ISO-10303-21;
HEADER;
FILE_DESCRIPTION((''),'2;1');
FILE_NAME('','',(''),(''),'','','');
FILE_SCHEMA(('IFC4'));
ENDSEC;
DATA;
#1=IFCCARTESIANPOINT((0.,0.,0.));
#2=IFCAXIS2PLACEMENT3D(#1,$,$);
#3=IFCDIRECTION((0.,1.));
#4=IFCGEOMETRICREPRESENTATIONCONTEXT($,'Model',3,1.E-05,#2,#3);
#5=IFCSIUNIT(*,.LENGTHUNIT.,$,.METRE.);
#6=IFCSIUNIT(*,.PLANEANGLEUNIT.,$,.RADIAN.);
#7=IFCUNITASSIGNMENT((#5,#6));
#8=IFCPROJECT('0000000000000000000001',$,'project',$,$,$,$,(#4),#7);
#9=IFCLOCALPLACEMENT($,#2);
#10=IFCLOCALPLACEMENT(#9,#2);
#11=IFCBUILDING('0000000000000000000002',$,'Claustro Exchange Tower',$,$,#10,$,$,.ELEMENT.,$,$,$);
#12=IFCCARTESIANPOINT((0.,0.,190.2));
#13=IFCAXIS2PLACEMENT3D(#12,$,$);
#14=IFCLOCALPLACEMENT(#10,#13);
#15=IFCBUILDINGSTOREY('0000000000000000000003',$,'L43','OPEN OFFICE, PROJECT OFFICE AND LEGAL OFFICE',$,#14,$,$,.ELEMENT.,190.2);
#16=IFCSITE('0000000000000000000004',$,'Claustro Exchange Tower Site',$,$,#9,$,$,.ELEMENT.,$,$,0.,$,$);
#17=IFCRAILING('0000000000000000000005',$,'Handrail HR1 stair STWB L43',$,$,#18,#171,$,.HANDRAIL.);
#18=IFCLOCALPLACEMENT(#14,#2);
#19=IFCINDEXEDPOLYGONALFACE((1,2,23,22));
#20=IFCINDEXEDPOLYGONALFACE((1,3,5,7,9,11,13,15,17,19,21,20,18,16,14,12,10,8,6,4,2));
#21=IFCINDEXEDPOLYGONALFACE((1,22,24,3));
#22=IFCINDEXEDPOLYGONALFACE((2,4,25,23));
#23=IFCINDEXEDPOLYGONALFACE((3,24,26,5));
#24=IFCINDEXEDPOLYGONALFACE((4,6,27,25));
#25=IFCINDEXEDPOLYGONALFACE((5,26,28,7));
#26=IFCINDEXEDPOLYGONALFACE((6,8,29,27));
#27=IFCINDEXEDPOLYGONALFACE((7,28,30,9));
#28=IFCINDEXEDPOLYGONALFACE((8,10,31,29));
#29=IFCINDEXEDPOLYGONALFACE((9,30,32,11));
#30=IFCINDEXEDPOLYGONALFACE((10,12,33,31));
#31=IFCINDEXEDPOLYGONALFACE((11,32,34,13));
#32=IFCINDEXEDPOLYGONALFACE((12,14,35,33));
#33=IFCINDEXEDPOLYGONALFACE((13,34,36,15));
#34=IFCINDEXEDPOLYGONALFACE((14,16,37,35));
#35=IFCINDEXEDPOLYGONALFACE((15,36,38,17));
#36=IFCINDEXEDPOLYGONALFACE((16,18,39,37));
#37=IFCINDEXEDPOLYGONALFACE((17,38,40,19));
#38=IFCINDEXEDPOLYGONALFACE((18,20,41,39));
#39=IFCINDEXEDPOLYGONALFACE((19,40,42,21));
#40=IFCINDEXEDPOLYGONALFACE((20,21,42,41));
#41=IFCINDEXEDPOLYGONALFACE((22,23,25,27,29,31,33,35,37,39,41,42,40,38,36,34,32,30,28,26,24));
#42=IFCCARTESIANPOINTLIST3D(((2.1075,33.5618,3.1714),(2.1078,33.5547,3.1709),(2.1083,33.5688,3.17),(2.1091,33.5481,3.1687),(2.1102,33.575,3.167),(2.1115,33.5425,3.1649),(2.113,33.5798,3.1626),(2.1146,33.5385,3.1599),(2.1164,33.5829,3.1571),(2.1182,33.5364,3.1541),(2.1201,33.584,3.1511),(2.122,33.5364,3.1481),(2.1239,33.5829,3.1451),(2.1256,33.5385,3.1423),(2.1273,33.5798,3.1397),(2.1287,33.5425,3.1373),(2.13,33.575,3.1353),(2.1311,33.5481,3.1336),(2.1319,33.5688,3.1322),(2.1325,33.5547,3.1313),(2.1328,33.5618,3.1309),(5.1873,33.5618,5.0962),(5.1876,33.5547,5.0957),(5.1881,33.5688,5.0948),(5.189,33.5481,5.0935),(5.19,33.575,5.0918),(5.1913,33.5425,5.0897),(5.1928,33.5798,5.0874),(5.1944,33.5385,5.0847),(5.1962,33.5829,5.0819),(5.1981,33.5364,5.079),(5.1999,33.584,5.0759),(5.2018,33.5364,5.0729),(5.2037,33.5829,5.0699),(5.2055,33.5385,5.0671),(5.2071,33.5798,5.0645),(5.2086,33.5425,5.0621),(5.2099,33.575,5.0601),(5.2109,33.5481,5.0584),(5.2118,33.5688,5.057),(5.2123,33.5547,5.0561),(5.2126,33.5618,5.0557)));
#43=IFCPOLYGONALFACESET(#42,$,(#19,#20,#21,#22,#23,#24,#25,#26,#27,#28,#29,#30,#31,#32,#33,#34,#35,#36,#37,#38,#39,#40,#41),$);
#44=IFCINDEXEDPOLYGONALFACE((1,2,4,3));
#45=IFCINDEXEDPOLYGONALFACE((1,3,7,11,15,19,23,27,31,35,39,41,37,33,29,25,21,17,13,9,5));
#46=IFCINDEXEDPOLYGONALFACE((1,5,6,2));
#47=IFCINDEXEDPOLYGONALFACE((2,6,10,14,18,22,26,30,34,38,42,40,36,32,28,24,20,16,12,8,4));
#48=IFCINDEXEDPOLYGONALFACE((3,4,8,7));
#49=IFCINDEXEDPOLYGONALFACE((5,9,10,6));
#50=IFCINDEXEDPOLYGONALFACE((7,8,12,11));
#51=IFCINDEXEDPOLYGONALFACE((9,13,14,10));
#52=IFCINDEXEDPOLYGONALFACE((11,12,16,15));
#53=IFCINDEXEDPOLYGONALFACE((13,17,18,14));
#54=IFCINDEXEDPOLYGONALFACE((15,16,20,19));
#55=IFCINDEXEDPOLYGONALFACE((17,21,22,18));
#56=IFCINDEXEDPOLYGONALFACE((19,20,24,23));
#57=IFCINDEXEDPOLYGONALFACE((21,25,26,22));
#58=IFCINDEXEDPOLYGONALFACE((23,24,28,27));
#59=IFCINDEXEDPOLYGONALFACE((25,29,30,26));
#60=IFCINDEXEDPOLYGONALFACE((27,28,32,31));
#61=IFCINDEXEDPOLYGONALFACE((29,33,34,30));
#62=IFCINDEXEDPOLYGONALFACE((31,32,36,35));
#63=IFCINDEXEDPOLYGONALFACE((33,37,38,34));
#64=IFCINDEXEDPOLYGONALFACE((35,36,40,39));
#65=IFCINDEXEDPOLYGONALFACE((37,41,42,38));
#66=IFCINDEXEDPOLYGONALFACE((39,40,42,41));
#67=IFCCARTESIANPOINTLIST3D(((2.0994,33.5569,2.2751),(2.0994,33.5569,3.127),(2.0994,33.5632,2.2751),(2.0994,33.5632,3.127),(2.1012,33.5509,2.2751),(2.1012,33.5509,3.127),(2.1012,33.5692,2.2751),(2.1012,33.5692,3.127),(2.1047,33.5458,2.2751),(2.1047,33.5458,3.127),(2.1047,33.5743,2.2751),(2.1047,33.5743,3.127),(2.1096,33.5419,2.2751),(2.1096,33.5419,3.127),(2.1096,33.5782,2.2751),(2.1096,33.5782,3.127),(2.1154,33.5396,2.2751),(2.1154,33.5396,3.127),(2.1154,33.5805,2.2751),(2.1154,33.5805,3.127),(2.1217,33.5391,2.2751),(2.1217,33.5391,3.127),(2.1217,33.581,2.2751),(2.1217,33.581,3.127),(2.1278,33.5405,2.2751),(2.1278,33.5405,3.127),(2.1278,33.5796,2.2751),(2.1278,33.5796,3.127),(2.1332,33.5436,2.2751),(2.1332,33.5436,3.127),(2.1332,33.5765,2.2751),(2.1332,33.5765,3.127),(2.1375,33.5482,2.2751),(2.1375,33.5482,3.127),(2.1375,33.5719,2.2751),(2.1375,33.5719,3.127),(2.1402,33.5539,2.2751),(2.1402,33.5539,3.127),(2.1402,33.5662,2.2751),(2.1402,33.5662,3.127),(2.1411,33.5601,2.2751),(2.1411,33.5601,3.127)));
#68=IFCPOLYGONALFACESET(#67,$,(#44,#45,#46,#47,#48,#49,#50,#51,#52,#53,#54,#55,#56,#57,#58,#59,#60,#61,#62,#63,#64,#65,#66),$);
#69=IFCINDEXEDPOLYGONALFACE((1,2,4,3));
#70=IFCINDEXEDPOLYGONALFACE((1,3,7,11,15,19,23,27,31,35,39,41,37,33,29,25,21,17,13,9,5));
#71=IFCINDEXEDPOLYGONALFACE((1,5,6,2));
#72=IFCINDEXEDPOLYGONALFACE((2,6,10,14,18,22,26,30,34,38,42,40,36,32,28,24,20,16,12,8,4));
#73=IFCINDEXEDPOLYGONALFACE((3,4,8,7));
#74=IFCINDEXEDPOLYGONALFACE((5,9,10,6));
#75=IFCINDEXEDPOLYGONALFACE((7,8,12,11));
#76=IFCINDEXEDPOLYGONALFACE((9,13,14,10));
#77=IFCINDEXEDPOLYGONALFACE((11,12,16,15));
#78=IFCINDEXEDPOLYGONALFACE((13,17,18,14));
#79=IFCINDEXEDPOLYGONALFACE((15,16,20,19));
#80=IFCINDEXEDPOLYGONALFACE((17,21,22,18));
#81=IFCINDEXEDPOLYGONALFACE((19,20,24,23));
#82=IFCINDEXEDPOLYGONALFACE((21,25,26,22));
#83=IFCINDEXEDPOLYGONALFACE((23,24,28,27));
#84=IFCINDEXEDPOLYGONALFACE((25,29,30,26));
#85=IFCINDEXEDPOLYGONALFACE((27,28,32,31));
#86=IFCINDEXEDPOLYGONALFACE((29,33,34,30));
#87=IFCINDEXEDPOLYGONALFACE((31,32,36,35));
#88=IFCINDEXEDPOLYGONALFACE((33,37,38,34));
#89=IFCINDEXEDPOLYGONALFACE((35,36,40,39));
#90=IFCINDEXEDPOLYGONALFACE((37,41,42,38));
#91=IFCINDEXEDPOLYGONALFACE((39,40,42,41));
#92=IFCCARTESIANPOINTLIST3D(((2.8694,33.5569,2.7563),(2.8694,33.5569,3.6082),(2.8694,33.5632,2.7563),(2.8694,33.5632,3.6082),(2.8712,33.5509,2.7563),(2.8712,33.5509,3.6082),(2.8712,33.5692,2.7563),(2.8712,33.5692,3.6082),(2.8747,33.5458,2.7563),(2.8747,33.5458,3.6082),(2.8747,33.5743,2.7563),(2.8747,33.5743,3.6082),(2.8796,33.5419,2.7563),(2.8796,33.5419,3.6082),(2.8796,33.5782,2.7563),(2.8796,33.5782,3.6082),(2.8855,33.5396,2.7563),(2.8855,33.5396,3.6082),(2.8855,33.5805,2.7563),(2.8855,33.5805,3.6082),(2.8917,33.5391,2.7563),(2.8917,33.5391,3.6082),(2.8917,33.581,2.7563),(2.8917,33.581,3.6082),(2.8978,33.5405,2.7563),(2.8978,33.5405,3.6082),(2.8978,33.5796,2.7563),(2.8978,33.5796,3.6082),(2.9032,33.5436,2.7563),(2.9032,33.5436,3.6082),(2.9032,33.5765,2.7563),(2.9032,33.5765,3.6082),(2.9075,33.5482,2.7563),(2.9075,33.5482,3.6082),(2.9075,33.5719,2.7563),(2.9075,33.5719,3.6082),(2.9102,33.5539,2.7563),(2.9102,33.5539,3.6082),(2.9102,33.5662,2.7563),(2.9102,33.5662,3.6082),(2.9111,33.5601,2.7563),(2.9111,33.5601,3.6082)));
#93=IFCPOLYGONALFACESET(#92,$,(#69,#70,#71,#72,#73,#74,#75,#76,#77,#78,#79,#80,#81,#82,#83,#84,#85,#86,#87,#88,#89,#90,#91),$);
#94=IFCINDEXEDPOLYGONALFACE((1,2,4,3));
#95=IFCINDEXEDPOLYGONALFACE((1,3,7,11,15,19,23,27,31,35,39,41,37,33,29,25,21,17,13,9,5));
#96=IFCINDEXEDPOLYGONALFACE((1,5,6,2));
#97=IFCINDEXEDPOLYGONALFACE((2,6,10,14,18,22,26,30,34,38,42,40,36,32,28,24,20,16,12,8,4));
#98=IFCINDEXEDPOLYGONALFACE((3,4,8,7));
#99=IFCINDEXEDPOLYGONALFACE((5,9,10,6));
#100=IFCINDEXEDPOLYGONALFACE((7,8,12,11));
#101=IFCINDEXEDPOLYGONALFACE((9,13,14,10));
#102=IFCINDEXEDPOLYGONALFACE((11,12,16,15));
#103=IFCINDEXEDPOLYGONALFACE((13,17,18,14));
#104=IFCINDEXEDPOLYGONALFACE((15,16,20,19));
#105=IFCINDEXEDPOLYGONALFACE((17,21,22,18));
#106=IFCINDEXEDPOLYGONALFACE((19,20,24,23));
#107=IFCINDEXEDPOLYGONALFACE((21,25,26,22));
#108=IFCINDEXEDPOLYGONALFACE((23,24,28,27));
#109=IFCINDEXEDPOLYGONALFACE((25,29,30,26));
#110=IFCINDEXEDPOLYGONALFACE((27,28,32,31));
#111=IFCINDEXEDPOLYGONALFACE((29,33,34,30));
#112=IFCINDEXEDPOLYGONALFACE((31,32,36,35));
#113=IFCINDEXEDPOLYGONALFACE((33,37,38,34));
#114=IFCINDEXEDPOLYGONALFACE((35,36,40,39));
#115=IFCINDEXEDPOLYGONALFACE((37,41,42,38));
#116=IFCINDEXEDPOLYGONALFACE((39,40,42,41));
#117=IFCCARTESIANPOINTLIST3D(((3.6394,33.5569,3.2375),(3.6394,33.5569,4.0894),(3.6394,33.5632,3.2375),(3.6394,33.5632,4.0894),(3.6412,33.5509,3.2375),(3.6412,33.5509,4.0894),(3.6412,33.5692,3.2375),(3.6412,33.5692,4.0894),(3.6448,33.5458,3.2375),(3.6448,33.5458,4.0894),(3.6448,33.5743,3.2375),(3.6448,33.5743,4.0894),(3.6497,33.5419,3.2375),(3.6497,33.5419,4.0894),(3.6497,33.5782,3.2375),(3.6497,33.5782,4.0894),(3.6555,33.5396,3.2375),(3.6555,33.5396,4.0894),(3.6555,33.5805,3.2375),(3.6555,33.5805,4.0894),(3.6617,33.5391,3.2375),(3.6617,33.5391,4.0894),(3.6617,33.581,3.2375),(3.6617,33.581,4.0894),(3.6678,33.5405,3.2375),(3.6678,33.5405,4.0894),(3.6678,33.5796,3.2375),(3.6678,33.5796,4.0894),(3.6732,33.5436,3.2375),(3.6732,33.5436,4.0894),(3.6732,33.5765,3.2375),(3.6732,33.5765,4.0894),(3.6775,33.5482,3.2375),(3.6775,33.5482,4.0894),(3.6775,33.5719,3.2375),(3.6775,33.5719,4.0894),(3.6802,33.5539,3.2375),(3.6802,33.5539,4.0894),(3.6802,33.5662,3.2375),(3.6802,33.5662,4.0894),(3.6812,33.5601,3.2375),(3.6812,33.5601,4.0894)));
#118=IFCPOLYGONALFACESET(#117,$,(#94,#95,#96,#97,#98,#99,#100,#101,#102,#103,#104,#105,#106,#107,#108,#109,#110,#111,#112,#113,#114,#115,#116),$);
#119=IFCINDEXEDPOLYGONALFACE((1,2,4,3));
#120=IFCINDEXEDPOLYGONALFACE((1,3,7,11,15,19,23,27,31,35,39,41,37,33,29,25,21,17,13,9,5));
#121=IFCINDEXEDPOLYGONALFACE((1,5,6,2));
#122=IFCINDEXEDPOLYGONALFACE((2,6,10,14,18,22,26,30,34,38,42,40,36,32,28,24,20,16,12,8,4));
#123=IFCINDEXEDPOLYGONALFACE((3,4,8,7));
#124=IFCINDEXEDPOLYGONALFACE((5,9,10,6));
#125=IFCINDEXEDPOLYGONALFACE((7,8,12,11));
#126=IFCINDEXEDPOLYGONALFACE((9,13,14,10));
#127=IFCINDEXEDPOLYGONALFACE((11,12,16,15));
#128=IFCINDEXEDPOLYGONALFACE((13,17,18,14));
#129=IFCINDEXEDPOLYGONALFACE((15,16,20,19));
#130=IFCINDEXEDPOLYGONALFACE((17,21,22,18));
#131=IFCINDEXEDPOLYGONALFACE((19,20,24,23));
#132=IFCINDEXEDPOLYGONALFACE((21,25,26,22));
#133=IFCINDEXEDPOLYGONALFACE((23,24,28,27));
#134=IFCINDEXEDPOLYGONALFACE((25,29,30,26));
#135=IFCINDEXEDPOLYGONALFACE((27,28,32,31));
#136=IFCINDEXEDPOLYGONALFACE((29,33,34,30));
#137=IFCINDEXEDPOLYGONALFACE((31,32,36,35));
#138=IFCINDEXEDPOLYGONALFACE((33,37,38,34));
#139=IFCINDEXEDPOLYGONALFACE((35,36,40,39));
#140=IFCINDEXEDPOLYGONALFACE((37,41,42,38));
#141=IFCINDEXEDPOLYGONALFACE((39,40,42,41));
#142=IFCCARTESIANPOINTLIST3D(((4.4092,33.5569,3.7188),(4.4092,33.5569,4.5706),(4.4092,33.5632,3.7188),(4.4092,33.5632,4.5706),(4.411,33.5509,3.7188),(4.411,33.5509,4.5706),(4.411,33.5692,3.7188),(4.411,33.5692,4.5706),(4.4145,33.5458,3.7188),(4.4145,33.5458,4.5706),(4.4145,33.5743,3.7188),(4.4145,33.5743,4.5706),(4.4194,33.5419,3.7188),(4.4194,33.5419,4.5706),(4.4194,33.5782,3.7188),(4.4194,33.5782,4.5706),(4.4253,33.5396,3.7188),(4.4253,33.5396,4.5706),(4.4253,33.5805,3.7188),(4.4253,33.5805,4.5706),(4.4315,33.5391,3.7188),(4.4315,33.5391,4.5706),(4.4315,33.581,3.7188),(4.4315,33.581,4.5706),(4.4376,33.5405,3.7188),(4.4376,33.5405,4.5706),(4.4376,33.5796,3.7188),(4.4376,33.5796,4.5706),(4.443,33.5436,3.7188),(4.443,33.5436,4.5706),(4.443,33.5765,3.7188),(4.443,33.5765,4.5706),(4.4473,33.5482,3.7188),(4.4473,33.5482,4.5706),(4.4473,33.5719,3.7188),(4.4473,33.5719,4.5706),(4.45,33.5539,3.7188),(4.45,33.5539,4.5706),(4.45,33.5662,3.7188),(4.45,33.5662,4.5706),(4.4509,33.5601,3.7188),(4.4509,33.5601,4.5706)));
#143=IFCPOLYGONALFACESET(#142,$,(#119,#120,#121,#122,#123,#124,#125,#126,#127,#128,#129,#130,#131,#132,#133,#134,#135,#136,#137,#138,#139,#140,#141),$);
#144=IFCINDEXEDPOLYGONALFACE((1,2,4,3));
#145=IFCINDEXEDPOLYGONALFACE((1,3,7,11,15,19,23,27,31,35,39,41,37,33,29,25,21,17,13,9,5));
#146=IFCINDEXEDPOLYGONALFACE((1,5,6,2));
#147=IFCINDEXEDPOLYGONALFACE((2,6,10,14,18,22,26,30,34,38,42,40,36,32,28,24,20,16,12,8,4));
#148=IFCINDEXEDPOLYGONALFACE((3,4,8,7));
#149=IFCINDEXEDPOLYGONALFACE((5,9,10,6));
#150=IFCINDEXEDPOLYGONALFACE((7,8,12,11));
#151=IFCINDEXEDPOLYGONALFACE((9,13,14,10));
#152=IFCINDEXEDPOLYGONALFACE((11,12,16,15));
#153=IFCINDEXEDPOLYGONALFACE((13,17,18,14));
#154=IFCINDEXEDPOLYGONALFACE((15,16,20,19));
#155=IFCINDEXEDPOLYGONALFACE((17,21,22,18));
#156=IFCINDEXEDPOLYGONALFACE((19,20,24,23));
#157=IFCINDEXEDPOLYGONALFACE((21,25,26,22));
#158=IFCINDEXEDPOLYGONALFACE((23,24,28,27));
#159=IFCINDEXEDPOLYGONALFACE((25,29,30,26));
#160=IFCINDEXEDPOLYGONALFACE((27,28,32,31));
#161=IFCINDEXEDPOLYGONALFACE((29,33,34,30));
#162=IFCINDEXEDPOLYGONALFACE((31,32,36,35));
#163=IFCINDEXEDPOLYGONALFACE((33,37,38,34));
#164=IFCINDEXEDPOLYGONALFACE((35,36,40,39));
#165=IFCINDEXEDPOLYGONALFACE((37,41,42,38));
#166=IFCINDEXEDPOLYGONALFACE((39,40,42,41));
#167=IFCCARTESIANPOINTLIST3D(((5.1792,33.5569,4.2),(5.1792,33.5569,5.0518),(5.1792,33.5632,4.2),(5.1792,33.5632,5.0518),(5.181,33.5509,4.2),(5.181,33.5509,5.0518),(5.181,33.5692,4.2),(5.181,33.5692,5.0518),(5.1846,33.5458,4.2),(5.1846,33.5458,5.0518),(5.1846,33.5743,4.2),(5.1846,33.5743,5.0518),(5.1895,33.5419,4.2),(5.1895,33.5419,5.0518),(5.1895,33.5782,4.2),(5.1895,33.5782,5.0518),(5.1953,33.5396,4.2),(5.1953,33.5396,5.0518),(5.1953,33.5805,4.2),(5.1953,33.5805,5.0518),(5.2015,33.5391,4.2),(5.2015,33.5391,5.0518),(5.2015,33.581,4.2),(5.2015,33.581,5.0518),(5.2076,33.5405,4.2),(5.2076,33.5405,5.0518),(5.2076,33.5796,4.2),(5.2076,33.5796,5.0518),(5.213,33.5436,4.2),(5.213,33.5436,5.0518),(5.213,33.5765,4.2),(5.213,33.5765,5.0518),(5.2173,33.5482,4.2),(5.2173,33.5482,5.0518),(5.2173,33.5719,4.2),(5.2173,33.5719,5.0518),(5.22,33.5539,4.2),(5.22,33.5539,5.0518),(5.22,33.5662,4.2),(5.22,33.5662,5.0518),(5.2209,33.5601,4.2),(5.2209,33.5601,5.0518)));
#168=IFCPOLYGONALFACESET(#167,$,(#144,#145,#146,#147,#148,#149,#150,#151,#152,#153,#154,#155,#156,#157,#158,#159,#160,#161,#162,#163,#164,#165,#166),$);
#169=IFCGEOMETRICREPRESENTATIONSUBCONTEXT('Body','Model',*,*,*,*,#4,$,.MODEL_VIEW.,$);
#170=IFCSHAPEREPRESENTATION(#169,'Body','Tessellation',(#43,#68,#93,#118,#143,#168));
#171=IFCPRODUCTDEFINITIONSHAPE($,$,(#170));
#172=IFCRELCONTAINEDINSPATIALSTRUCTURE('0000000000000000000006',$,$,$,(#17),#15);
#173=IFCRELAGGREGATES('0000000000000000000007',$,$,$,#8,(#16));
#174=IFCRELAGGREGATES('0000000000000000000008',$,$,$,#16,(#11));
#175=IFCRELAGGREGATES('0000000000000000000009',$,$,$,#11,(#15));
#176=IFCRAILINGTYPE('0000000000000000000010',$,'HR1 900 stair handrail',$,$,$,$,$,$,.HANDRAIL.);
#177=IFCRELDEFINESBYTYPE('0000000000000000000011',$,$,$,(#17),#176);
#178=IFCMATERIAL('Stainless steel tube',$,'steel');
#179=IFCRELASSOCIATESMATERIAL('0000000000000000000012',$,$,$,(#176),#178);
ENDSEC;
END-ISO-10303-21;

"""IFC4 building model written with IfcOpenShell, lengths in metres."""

from ifc_helpers import new_model, si_unit, direction, frame, origin, origin_2d, place, context, subcontext, project, spatial, circle, extrude, material, type_object, element, save


model = new_model("IFC4")

# Units and contexts
model_context = context("Model", 3, precision=1e-05, world=origin(), true_north=direction((0.0, 1.0)))
body_context = subcontext(model_context, "Body", "Model", "MODEL_VIEW")
ifc_project = project(units=[si_unit("LENGTHUNIT", "METRE"), si_unit("PLANEANGLEUNIT", "RADIAN")], contexts=[model_context])

# Site, building, storey
site_placement = place(None, origin())
site = spatial("IfcSite", under=ifc_project, at=site_placement, Name="Claustro Exchange Tower Site", CompositionType="ELEMENT", RefElevation=0.0)
building_placement = place(site_placement, origin())
building = spatial("IfcBuilding", under=site, at=building_placement, Name="Claustro Exchange Tower", CompositionType="ELEMENT")
storey_placement = place(building_placement, frame((0.0, 0.0, 190.2)))
storey = spatial("IfcBuildingStorey", under=building, at=storey_placement, Name="L43", Description="OPEN OFFICE, PROJECT OFFICE AND LEGAL OFFICE", CompositionType="ELEMENT", Elevation=190.2)

# Railing
ifc_material_1 = material(Name="Stainless steel tube", Category="steel")
railing_type_1 = type_object("IfcRailingType", Name="HR1 900 stair handrail", PredefinedType="HANDRAIL", material=ifc_material_1)
railing_1_placement = place(storey_placement, frame((2.1201, 33.5601, 2.2751)))
element("IfcRailing", 1, at=railing_1_placement, inside=storey, type_object=railing_type_1, Name="Handrail HR1 stair STWB L43", PredefinedType="HANDRAIL", context=body_context, shape_type="SweptSolid", body=[
    extrude(circle(Radius=0.0239, at=origin_2d()), frame((0.0, 0.0, 0.876), z_axis=(0.84801, 0.0, 0.529981), x_axis=(0.0, 1.0, 0.0)), (0.0, 0.0, 1.0), 3.6318),
    extrude(circle(Radius=0.021, at=origin_2d()), origin(), (0.0, 0.0, 1.0), 0.8518),
    extrude(circle(Radius=0.021, at=origin_2d()), frame((0.77, 0.0, 0.4812)), (0.0, 0.0, 1.0), 0.8518),
    extrude(circle(Radius=0.021, at=origin_2d()), frame((1.54, 0.0, 0.9624)), (0.0, 0.0, 1.0), 0.8518),
    extrude(circle(Radius=0.021, at=origin_2d()), frame((2.3098, 0.0, 1.4436)), (0.0, 0.0, 1.0), 0.8518),
    extrude(circle(Radius=0.021, at=origin_2d()), frame((3.0798, 0.0, 1.9248)), (0.0, 0.0, 1.0), 0.8518),
])

save(model, "model.ifc")
